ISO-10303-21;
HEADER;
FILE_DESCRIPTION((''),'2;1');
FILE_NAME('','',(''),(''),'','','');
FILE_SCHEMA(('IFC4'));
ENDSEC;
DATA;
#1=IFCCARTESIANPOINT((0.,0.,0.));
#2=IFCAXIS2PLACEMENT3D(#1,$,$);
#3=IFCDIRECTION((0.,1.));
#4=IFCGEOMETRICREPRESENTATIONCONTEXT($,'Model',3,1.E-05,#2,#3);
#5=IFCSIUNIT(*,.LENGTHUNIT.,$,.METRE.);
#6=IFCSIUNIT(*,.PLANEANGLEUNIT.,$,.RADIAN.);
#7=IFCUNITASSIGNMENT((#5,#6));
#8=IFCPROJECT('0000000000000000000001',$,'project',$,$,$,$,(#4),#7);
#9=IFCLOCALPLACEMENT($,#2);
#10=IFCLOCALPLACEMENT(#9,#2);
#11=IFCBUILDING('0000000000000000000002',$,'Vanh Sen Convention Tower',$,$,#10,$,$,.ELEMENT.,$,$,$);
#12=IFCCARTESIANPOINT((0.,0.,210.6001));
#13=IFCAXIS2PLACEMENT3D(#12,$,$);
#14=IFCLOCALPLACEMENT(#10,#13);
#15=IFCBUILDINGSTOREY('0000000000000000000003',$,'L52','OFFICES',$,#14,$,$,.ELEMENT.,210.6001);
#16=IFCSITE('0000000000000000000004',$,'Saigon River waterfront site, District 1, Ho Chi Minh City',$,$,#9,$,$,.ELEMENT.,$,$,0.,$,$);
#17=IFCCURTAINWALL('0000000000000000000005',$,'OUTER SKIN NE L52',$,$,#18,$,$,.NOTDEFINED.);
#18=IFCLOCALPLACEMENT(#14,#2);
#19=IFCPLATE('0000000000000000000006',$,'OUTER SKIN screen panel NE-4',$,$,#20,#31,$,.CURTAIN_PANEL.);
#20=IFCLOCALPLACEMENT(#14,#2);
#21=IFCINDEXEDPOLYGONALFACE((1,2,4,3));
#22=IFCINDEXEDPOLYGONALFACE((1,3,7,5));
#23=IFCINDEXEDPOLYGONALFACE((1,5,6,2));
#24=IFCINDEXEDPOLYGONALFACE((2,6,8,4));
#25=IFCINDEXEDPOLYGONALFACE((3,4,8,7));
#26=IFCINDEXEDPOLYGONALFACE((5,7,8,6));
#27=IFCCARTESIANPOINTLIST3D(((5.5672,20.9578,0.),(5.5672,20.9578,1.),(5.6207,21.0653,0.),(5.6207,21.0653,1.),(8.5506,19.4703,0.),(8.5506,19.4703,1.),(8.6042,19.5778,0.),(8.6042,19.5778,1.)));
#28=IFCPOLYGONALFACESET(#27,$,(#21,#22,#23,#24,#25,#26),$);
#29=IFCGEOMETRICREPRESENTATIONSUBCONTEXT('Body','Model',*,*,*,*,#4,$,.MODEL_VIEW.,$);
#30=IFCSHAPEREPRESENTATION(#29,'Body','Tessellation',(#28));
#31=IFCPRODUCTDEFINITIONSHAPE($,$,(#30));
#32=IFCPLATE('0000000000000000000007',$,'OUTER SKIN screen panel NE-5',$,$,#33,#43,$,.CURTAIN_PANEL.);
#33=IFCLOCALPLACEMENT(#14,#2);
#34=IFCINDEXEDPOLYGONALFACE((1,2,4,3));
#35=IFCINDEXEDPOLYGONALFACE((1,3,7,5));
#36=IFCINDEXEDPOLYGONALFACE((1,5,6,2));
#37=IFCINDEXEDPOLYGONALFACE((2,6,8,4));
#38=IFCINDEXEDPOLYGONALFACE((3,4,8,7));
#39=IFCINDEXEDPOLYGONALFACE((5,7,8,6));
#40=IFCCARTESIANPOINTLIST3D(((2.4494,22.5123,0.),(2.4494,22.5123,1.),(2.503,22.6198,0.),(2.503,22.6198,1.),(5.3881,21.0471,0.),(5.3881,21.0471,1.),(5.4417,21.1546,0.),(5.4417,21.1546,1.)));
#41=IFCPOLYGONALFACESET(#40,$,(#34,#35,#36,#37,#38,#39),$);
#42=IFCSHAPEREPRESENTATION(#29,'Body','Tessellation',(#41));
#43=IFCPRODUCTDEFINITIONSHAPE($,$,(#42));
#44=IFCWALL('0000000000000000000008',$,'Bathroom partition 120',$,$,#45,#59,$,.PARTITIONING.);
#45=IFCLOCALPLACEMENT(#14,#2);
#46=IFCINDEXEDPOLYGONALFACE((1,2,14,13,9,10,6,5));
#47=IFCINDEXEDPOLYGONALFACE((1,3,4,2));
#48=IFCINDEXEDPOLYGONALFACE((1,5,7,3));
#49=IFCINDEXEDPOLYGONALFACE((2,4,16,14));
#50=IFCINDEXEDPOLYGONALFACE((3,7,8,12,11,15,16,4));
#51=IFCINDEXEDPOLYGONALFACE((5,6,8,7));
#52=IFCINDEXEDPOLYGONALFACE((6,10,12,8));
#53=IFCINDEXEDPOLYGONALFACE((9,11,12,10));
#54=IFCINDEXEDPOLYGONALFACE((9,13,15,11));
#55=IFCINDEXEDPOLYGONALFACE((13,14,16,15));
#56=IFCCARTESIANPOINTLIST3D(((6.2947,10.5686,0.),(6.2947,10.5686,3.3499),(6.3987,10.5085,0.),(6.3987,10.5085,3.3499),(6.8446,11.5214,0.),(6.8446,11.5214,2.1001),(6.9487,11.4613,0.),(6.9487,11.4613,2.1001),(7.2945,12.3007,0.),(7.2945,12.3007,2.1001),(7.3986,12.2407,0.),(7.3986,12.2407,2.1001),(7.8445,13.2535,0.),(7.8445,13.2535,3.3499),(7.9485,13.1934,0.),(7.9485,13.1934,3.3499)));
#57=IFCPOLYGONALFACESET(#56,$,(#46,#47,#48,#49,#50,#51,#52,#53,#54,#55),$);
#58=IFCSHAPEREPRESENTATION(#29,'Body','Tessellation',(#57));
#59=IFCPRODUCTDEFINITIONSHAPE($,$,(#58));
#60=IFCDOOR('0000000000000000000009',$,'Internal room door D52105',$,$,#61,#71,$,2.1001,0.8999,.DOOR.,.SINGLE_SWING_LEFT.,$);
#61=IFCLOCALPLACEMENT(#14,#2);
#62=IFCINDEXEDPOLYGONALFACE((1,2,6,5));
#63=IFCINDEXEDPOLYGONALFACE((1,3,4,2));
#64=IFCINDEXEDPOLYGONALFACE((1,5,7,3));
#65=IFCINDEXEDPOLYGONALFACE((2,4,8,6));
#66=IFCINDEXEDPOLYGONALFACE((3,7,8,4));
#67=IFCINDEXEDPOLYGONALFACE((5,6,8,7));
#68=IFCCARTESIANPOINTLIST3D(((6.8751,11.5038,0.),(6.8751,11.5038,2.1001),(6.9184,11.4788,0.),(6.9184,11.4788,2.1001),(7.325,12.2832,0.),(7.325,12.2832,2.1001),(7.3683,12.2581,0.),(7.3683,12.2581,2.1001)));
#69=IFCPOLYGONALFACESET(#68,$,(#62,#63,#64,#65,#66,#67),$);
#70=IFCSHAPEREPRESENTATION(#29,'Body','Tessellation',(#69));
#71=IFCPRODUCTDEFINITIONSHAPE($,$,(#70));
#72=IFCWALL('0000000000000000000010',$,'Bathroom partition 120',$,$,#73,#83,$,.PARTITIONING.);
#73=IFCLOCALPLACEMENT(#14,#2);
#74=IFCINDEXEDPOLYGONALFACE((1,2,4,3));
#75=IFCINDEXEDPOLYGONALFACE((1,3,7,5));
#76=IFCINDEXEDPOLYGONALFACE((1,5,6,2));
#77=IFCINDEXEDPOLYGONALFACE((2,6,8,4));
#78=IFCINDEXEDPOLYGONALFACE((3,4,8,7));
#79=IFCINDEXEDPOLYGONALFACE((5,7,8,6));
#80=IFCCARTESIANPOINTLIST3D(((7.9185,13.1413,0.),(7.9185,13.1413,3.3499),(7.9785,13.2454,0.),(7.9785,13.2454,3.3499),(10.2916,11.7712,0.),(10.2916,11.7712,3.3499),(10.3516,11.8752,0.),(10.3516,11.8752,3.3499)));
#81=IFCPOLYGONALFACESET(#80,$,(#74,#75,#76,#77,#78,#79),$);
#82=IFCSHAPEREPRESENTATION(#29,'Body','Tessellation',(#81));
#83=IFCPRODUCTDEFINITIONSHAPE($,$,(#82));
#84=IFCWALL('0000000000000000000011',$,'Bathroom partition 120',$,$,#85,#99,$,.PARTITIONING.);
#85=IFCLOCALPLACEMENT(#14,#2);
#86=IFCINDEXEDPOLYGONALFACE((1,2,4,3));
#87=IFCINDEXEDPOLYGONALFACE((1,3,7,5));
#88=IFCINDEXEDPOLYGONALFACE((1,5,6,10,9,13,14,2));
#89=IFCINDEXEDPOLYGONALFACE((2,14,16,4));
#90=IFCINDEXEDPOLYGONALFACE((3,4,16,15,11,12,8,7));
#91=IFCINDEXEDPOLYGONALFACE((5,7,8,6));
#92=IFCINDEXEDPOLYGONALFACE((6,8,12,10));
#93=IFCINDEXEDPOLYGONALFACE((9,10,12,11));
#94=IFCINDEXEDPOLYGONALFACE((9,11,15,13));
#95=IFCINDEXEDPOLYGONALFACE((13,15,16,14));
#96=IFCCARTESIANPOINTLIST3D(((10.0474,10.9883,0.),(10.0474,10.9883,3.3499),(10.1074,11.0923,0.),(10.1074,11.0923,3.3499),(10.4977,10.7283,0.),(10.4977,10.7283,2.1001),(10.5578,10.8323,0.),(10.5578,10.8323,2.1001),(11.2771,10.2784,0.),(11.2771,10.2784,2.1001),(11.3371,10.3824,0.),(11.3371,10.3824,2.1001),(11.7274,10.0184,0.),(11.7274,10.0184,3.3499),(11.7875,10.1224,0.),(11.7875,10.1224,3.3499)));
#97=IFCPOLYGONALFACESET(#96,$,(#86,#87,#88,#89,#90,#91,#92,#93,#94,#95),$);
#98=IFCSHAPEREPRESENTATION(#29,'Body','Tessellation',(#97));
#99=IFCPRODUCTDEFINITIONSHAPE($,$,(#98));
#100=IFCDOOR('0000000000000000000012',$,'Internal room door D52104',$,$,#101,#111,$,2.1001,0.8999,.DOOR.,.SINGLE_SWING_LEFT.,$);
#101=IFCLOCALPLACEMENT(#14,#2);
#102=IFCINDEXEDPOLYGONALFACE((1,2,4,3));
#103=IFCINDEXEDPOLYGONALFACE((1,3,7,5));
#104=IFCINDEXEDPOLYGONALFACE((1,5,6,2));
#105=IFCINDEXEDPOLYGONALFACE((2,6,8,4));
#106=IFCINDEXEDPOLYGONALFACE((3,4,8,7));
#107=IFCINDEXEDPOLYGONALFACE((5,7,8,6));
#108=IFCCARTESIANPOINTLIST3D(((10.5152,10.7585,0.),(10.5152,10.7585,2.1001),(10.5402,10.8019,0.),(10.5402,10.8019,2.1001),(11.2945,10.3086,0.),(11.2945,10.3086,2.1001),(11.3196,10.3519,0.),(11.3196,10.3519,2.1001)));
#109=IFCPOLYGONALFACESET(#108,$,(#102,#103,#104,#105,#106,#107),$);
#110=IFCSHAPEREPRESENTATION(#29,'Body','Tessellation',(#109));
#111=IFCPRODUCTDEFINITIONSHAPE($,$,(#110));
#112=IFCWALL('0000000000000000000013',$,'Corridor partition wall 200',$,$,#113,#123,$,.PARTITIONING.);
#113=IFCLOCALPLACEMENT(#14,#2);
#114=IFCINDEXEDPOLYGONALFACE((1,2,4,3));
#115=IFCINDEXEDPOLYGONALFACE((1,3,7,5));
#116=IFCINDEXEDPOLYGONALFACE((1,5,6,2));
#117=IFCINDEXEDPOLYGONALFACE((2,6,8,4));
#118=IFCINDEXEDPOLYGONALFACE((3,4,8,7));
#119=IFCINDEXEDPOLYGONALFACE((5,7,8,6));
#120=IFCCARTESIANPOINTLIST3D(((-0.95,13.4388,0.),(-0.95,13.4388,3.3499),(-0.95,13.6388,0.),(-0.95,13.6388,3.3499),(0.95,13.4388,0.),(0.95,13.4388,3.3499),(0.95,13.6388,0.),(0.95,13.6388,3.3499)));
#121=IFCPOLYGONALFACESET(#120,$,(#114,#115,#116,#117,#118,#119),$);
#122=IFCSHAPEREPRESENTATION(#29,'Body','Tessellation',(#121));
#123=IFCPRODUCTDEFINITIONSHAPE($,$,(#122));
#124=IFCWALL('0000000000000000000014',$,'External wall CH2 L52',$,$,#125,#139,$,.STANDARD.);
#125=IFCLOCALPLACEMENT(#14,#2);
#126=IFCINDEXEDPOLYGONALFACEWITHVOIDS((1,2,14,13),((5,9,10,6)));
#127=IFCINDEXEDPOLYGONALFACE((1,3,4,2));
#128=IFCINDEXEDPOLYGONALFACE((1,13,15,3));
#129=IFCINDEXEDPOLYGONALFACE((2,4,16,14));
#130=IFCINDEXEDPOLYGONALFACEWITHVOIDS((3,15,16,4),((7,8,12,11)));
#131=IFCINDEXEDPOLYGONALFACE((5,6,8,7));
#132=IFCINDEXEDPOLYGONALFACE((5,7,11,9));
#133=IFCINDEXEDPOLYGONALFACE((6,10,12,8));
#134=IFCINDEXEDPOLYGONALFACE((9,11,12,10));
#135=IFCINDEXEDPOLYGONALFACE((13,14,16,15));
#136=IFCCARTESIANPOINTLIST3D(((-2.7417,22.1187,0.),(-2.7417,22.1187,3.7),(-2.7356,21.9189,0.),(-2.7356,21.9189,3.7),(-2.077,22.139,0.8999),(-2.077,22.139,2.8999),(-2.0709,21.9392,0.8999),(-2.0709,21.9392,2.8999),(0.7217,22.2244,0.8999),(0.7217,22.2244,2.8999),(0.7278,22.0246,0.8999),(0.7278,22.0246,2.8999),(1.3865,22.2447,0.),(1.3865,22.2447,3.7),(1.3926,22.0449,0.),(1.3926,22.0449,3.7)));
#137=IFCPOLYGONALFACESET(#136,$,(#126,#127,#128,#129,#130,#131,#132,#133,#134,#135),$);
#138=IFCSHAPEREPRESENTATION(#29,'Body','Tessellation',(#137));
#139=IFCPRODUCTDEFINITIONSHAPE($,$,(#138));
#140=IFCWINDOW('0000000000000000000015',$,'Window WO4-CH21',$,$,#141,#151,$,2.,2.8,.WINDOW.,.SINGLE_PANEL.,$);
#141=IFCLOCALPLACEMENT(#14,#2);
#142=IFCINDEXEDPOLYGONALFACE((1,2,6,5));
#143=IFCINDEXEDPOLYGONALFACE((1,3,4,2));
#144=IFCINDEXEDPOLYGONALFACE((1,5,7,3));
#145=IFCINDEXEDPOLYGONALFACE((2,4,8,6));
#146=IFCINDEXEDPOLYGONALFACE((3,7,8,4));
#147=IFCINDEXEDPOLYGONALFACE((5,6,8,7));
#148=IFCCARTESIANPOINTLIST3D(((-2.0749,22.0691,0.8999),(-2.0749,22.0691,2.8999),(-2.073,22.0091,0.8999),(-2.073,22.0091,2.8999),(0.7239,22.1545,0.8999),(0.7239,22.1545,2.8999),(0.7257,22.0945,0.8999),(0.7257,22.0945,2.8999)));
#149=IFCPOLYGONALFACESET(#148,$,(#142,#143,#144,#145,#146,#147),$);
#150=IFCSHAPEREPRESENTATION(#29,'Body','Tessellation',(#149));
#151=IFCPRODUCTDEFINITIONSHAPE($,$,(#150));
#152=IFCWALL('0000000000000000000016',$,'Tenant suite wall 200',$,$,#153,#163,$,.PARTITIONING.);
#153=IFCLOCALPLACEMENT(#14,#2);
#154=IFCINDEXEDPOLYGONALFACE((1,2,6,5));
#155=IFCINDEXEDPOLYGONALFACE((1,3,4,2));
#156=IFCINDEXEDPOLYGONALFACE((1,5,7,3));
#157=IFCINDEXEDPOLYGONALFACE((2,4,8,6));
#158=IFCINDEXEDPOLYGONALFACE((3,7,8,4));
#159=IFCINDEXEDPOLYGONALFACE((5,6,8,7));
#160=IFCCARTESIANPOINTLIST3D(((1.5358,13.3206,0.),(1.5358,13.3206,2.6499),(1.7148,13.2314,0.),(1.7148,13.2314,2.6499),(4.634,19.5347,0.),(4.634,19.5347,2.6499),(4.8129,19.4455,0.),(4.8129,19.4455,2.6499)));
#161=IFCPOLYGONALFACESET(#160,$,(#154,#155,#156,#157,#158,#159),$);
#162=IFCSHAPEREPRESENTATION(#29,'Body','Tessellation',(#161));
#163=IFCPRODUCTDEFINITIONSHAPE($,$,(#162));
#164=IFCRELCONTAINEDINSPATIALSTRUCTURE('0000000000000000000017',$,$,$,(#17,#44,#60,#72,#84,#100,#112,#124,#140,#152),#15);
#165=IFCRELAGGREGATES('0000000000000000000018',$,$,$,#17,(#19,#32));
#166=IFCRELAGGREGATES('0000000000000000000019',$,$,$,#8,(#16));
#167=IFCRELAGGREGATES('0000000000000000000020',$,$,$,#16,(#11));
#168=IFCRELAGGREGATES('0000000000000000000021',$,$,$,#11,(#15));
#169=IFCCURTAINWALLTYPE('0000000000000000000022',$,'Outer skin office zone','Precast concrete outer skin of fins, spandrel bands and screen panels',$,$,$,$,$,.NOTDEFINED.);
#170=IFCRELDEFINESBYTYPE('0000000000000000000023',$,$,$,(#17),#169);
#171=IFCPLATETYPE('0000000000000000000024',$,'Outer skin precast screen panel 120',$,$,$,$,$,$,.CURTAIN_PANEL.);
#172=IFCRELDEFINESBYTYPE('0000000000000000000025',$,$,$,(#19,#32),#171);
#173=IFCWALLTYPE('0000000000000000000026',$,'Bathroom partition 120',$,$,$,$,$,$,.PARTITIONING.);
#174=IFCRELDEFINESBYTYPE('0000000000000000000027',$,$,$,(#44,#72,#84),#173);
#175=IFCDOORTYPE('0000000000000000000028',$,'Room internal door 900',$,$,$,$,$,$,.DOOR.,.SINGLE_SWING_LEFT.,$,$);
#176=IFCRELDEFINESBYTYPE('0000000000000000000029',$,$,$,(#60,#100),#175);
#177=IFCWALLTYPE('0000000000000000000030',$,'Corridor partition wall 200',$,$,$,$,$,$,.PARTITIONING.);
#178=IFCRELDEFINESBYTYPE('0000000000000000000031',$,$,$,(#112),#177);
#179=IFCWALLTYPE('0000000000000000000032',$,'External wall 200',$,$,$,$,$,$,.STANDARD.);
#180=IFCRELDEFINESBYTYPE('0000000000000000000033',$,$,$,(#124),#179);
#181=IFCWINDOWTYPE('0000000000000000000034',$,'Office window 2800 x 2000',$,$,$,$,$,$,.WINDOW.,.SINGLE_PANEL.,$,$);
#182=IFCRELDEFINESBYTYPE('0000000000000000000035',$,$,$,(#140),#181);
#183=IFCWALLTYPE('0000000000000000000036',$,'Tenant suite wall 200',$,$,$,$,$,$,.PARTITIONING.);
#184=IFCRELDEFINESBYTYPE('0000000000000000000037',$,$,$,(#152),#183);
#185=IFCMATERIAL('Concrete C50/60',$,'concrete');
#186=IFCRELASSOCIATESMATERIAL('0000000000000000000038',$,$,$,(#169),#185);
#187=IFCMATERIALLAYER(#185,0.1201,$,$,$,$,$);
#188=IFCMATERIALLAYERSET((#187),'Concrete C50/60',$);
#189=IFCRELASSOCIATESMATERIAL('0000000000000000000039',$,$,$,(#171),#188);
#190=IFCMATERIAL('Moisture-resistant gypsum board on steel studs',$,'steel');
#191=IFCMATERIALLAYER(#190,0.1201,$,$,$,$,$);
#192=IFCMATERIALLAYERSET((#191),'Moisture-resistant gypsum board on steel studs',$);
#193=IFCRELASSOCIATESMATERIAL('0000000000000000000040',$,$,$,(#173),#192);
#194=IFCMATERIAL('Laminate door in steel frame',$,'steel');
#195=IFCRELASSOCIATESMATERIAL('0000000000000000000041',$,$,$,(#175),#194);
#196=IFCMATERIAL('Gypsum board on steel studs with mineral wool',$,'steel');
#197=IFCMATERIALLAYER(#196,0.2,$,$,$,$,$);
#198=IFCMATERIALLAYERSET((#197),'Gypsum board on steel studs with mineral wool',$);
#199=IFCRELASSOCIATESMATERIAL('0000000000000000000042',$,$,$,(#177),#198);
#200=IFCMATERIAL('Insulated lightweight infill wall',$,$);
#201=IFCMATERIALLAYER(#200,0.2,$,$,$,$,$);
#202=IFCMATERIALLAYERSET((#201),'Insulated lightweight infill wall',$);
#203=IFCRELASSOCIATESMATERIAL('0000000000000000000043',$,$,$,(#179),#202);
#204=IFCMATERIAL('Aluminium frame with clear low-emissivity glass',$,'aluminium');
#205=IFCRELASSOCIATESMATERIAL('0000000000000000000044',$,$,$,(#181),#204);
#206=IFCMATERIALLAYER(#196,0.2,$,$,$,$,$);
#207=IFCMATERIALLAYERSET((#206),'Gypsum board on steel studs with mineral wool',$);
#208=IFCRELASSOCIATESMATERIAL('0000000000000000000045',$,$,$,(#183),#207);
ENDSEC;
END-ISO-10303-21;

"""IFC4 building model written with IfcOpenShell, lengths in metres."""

from ifc_helpers import new_model, si_unit, direction, frame, frame_2d, origin, origin_2d, place, context, subcontext, project, spatial, rectangle, extrude, material, layer, layer_set, type_object, element, fill, aggregate, save


model = new_model("IFC4")

# Units and contexts
model_context = context("Model", 3, precision=1e-05, world=origin(), true_north=direction((0.0, 1.0)))
body_context = subcontext(model_context, "Body", "Model", "MODEL_VIEW")
ifc_project = project(units=[si_unit("LENGTHUNIT", "METRE"), si_unit("PLANEANGLEUNIT", "RADIAN")], contexts=[model_context])

# Site, building, storey
site_placement = place(None, origin())
site = spatial("IfcSite", under=ifc_project, at=site_placement, Name="Saigon River waterfront site, District 1, Ho Chi Minh City", CompositionType="ELEMENT", RefElevation=0.0)
building_placement = place(site_placement, origin())
building = spatial("IfcBuilding", under=site, at=building_placement, Name="Vanh Sen Convention Tower", CompositionType="ELEMENT")
storey_placement = place(building_placement, frame((0.0, 0.0, 210.6001)))
storey = spatial("IfcBuildingStorey", under=building, at=storey_placement, Name="L52", Description="OFFICES", CompositionType="ELEMENT", Elevation=210.6001)

# Curtain wall
ifc_material_1 = material(Name="Concrete C50/60", Category="concrete")
curtain_wall_type = type_object("IfcCurtainWallType", Name="Outer skin office zone", Description="Precast concrete outer skin of fins, spandrel bands and screen panels", PredefinedType="NOTDEFINED", material=ifc_material_1)
curtain_wall_1_placement = place(storey_placement, origin())
curtain_wall_1 = element("IfcCurtainWall", 1, at=curtain_wall_1_placement, inside=storey, type_object=curtain_wall_type, Name="OUTER SKIN NE L52", PredefinedType="NOTDEFINED")

# Plates
ifc_layer_1 = layer(ifc_material_1, 0.1201)
ifc_layer_set_1 = layer_set([ifc_layer_1], Name="Concrete C50/60")
plate_type = type_object("IfcPlateType", Name="Outer skin precast screen panel 120", PredefinedType="CURTAIN_PANEL", material=ifc_layer_set_1)
plate_1_placement = place(storey_placement, frame((7.0857, 20.2678, 0.0), z_axis=(0.0, 0.0, 1.0), x_axis=(-0.894936, 0.446195, 0.0)))
plate_1 = element("IfcPlate", 2, at=plate_1_placement, type_object=plate_type, Name="OUTER SKIN screen panel NE-4", PredefinedType="CURTAIN_PANEL", context=body_context, shape_type="SweptSolid", body=[
    extrude(rectangle(XDim=3.3337, YDim=0.1201, at=origin_2d()), origin(), (0.0, 0.0, 1.0), 1.0),
])
plate_2_placement = place(storey_placement, frame((3.9456, 21.8335, 0.0), z_axis=(0.0, 0.0, 1.0), x_axis=(-0.89493, 0.446206, 0.0)))
plate_2 = element("IfcPlate", 3, at=plate_2_placement, type_object=plate_type, Name="OUTER SKIN screen panel NE-5", PredefinedType="CURTAIN_PANEL", context=body_context, shape_type="SweptSolid", body=[
    extrude(rectangle(XDim=3.2837, YDim=0.1201, at=origin_2d()), origin(), (0.0, 0.0, 1.0), 1.0),
])
aggregate(curtain_wall_1, [plate_1, plate_2])

# Wall, opening, door
ifc_material_2 = material(Name="Moisture-resistant gypsum board on steel studs", Category="steel")
ifc_layer_2 = layer(ifc_material_2, 0.1201)
ifc_layer_set_2 = layer_set([ifc_layer_2], Name="Moisture-resistant gypsum board on steel studs")
wall_type_1 = type_object("IfcWallType", Name="Bathroom partition 120", PredefinedType="PARTITIONING", material=ifc_layer_set_2)
wall_1_placement = place(storey_placement, frame((6.3467, 10.5386, 0.0), z_axis=(0.0, 0.0, 1.0), x_axis=(0.499934, 0.866064, 0.0)))
wall_1 = element("IfcWall", 4, at=wall_1_placement, inside=storey, type_object=wall_type_1, Name="Bathroom partition 120", PredefinedType="PARTITIONING", context=body_context, shape_type="SweptSolid", body=[
    extrude(rectangle(XDim=3.1001, YDim=0.1201, at=frame_2d((1.55, 0.0))), origin(), (0.0, 0.0, 1.0), 3.3499),
])
opening_1_placement = place(wall_1_placement, frame((1.1001, 0.0, 0.0)))
opening_1 = element("IfcOpeningElement", 5, at=opening_1_placement, cuts=wall_1, PredefinedType="OPENING", context=body_context, shape_type="SweptSolid", body=[
    extrude(rectangle(XDim=0.8999, YDim=2.1001, at=frame_2d((0.45, 1.05))), frame((0.0, 0.0701, 0.0), z_axis=(0.0, -1.0, 0.0), x_axis=(1.0, 0.0, 0.0)), (0.0, 0.0, 1.0), 0.1401),
])
ifc_material_3 = material(Name="Laminate door in steel frame", Category="steel")
door_type = type_object("IfcDoorType", Name="Room internal door 900", OperationType="SINGLE_SWING_LEFT", PredefinedType="DOOR", material=ifc_material_3)
door_1_placement = place(opening_1_placement, origin())
door_1 = element("IfcDoor", 6, at=door_1_placement, inside=storey, type_object=door_type, Name="Internal room door D52105", OperationType="SINGLE_SWING_LEFT", OverallHeight=2.1001, OverallWidth=0.8999, PredefinedType="DOOR", context=body_context, shape_type="SweptSolid", body=[
    extrude(rectangle(XDim=0.8999, YDim=2.1001, at=frame_2d((0.45, 1.05))), frame((0.0, 0.0249, 0.0), z_axis=(0.0, -1.0, 0.0), x_axis=(1.0, 0.0, 0.0)), (0.0, 0.0, 1.0), 0.05),
])
fill(opening_1, door_1)

# Wall
wall_2_placement = place(storey_placement, frame((7.9485, 13.1934, 0.0), z_axis=(0.0, 0.0, 1.0), x_axis=(0.866019, -0.50001, 0.0)))
element("IfcWall", 7, at=wall_2_placement, inside=storey, type_object=wall_type_1, Name="Bathroom partition 120", PredefinedType="PARTITIONING", context=body_context, shape_type="SweptSolid", body=[
    extrude(rectangle(XDim=2.7402, YDim=0.1201, at=frame_2d((1.3701, 0.0))), origin(), (0.0, 0.0, 1.0), 3.3499),
])

# Wall, opening, door
wall_3_placement = place(storey_placement, frame((10.0774, 11.0403, 0.0), z_axis=(0.0, 0.0, 1.0), x_axis=(0.866043, -0.499969, 0.0)))
wall_3 = element("IfcWall", 8, at=wall_3_placement, inside=storey, type_object=wall_type_1, Name="Bathroom partition 120", PredefinedType="PARTITIONING", context=body_context, shape_type="SweptSolid", body=[
    extrude(rectangle(XDim=1.9399, YDim=0.1201, at=frame_2d((0.97, 0.0))), origin(), (0.0, 0.0, 1.0), 3.3499),
])
opening_2_placement = place(wall_3_placement, frame((0.52, 0.0, 0.0)))
opening_2 = element("IfcOpeningElement", 9, at=opening_2_placement, cuts=wall_3, PredefinedType="OPENING", context=body_context, shape_type="SweptSolid", body=[
    extrude(rectangle(XDim=0.8999, YDim=2.1001, at=frame_2d((0.45, 1.05))), frame((0.0, 0.0701, 0.0), z_axis=(0.0, -1.0, 0.0), x_axis=(1.0, 0.0, 0.0)), (0.0, 0.0, 1.0), 0.1401),
])
door_2_placement = place(opening_2_placement, origin())
door_2 = element("IfcDoor", 10, at=door_2_placement, inside=storey, type_object=door_type, Name="Internal room door D52104", OperationType="SINGLE_SWING_LEFT", OverallHeight=2.1001, OverallWidth=0.8999, PredefinedType="DOOR", context=body_context, shape_type="SweptSolid", body=[
    extrude(rectangle(XDim=0.8999, YDim=2.1001, at=frame_2d((0.45, 1.05))), frame((0.0, 0.0249, 0.0), z_axis=(0.0, -1.0, 0.0), x_axis=(1.0, 0.0, 0.0)), (0.0, 0.0, 1.0), 0.05),
])
fill(opening_2, door_2)

# Wall
ifc_material_4 = material(Name="Gypsum board on steel studs with mineral wool", Category="steel")
ifc_layer_3 = layer(ifc_material_4, 0.2)
ifc_layer_set_3 = layer_set([ifc_layer_3], Name="Gypsum board on steel studs with mineral wool")
wall_type_2 = type_object("IfcWallType", Name="Corridor partition wall 200", PredefinedType="PARTITIONING", material=ifc_layer_set_3)
wall_4_placement = place(storey_placement, frame((0.95, 13.5388, 0.0), z_axis=(0.0, 0.0, 1.0), x_axis=(-1.0, 0.0, 0.0)))
element("IfcWall", 11, at=wall_4_placement, inside=storey, type_object=wall_type_2, Name="Corridor partition wall 200", PredefinedType="PARTITIONING", context=body_context, shape_type="SweptSolid", body=[
    extrude(rectangle(XDim=1.8999, YDim=0.2, at=frame_2d((0.95, 0.0))), origin(), (0.0, 0.0, 1.0), 3.3499),
])

# Wall, opening, window
ifc_material_5 = material(Name="Insulated lightweight infill wall")
ifc_layer_4 = layer(ifc_material_5, 0.2)
ifc_layer_set_4 = layer_set([ifc_layer_4], Name="Insulated lightweight infill wall")
wall_type_3 = type_object("IfcWallType", Name="External wall 200", PredefinedType="STANDARD", material=ifc_layer_set_4)
wall_5_placement = place(storey_placement, frame((1.3894, 22.1448, 0.0), z_axis=(0.0, 0.0, 1.0), x_axis=(-0.999535, -0.030502, 0.0)))
wall_5 = element("IfcWall", 12, at=wall_5_placement, inside=storey, type_object=wall_type_3, Name="External wall CH2 L52", PredefinedType="STANDARD", context=body_context, shape_type="SweptSolid", body=[
    extrude(rectangle(XDim=4.1301, YDim=0.2, at=frame_2d((2.0649, 0.0))), origin(), (0.0, 0.0, 1.0), 3.7),
])
opening_3_placement = place(wall_5_placement, frame((0.665, 0.0, 0.8999)))
opening_3 = element("IfcOpeningElement", 13, at=opening_3_placement, cuts=wall_5, PredefinedType="OPENING", context=body_context, shape_type="SweptSolid", body=[
    extrude(rectangle(XDim=2.8, YDim=2.0, at=frame_2d((1.3999, 1.0))), frame((0.0, 0.1099, 0.0), z_axis=(0.0, -1.0, 0.0), x_axis=(1.0, 0.0, 0.0)), (0.0, 0.0, 1.0), 0.22),
])
ifc_material_6 = material(Name="Aluminium frame with clear low-emissivity glass", Category="aluminium")
window_type = type_object("IfcWindowType", Name="Office window 2800 x 2000", PartitioningType="SINGLE_PANEL", PredefinedType="WINDOW", material=ifc_material_6)
window_placement = place(opening_3_placement, origin())
window = element("IfcWindow", 14, at=window_placement, inside=storey, type_object=window_type, Name="Window WO4-CH21", OverallHeight=2.0, OverallWidth=2.8, PartitioningType="SINGLE_PANEL", PredefinedType="WINDOW", context=body_context, shape_type="SweptSolid", body=[
    extrude(rectangle(XDim=2.8, YDim=2.0, at=frame_2d((1.3999, 1.0))), frame((0.0, 0.03, 0.0), z_axis=(0.0, -1.0, 0.0), x_axis=(1.0, 0.0, 0.0)), (0.0, 0.0, 1.0), 0.0601),
])
fill(opening_3, window)

# Wall
ifc_layer_5 = layer(ifc_material_4, 0.2)
ifc_layer_set_5 = layer_set([ifc_layer_5], Name="Gypsum board on steel studs with mineral wool")
wall_type_4 = type_object("IfcWallType", Name="Tenant suite wall 200", PredefinedType="PARTITIONING", material=ifc_layer_set_5)
wall_6_placement = place(storey_placement, frame((4.7234, 19.49, 0.0), z_axis=(0.0, 0.0, 1.0), x_axis=(-0.446187, -0.89494, 0.0)))
element("IfcWall", 15, at=wall_6_placement, inside=storey, type_object=wall_type_4, Name="Tenant suite wall 200", PredefinedType="PARTITIONING", context=body_context, shape_type="SweptSolid", body=[
    extrude(rectangle(XDim=6.9436, YDim=0.2, at=frame_2d((3.4717, 0.0))), origin(), (0.0, 0.0, 1.0), 2.6499),
])

save(model, "model.ifc")
